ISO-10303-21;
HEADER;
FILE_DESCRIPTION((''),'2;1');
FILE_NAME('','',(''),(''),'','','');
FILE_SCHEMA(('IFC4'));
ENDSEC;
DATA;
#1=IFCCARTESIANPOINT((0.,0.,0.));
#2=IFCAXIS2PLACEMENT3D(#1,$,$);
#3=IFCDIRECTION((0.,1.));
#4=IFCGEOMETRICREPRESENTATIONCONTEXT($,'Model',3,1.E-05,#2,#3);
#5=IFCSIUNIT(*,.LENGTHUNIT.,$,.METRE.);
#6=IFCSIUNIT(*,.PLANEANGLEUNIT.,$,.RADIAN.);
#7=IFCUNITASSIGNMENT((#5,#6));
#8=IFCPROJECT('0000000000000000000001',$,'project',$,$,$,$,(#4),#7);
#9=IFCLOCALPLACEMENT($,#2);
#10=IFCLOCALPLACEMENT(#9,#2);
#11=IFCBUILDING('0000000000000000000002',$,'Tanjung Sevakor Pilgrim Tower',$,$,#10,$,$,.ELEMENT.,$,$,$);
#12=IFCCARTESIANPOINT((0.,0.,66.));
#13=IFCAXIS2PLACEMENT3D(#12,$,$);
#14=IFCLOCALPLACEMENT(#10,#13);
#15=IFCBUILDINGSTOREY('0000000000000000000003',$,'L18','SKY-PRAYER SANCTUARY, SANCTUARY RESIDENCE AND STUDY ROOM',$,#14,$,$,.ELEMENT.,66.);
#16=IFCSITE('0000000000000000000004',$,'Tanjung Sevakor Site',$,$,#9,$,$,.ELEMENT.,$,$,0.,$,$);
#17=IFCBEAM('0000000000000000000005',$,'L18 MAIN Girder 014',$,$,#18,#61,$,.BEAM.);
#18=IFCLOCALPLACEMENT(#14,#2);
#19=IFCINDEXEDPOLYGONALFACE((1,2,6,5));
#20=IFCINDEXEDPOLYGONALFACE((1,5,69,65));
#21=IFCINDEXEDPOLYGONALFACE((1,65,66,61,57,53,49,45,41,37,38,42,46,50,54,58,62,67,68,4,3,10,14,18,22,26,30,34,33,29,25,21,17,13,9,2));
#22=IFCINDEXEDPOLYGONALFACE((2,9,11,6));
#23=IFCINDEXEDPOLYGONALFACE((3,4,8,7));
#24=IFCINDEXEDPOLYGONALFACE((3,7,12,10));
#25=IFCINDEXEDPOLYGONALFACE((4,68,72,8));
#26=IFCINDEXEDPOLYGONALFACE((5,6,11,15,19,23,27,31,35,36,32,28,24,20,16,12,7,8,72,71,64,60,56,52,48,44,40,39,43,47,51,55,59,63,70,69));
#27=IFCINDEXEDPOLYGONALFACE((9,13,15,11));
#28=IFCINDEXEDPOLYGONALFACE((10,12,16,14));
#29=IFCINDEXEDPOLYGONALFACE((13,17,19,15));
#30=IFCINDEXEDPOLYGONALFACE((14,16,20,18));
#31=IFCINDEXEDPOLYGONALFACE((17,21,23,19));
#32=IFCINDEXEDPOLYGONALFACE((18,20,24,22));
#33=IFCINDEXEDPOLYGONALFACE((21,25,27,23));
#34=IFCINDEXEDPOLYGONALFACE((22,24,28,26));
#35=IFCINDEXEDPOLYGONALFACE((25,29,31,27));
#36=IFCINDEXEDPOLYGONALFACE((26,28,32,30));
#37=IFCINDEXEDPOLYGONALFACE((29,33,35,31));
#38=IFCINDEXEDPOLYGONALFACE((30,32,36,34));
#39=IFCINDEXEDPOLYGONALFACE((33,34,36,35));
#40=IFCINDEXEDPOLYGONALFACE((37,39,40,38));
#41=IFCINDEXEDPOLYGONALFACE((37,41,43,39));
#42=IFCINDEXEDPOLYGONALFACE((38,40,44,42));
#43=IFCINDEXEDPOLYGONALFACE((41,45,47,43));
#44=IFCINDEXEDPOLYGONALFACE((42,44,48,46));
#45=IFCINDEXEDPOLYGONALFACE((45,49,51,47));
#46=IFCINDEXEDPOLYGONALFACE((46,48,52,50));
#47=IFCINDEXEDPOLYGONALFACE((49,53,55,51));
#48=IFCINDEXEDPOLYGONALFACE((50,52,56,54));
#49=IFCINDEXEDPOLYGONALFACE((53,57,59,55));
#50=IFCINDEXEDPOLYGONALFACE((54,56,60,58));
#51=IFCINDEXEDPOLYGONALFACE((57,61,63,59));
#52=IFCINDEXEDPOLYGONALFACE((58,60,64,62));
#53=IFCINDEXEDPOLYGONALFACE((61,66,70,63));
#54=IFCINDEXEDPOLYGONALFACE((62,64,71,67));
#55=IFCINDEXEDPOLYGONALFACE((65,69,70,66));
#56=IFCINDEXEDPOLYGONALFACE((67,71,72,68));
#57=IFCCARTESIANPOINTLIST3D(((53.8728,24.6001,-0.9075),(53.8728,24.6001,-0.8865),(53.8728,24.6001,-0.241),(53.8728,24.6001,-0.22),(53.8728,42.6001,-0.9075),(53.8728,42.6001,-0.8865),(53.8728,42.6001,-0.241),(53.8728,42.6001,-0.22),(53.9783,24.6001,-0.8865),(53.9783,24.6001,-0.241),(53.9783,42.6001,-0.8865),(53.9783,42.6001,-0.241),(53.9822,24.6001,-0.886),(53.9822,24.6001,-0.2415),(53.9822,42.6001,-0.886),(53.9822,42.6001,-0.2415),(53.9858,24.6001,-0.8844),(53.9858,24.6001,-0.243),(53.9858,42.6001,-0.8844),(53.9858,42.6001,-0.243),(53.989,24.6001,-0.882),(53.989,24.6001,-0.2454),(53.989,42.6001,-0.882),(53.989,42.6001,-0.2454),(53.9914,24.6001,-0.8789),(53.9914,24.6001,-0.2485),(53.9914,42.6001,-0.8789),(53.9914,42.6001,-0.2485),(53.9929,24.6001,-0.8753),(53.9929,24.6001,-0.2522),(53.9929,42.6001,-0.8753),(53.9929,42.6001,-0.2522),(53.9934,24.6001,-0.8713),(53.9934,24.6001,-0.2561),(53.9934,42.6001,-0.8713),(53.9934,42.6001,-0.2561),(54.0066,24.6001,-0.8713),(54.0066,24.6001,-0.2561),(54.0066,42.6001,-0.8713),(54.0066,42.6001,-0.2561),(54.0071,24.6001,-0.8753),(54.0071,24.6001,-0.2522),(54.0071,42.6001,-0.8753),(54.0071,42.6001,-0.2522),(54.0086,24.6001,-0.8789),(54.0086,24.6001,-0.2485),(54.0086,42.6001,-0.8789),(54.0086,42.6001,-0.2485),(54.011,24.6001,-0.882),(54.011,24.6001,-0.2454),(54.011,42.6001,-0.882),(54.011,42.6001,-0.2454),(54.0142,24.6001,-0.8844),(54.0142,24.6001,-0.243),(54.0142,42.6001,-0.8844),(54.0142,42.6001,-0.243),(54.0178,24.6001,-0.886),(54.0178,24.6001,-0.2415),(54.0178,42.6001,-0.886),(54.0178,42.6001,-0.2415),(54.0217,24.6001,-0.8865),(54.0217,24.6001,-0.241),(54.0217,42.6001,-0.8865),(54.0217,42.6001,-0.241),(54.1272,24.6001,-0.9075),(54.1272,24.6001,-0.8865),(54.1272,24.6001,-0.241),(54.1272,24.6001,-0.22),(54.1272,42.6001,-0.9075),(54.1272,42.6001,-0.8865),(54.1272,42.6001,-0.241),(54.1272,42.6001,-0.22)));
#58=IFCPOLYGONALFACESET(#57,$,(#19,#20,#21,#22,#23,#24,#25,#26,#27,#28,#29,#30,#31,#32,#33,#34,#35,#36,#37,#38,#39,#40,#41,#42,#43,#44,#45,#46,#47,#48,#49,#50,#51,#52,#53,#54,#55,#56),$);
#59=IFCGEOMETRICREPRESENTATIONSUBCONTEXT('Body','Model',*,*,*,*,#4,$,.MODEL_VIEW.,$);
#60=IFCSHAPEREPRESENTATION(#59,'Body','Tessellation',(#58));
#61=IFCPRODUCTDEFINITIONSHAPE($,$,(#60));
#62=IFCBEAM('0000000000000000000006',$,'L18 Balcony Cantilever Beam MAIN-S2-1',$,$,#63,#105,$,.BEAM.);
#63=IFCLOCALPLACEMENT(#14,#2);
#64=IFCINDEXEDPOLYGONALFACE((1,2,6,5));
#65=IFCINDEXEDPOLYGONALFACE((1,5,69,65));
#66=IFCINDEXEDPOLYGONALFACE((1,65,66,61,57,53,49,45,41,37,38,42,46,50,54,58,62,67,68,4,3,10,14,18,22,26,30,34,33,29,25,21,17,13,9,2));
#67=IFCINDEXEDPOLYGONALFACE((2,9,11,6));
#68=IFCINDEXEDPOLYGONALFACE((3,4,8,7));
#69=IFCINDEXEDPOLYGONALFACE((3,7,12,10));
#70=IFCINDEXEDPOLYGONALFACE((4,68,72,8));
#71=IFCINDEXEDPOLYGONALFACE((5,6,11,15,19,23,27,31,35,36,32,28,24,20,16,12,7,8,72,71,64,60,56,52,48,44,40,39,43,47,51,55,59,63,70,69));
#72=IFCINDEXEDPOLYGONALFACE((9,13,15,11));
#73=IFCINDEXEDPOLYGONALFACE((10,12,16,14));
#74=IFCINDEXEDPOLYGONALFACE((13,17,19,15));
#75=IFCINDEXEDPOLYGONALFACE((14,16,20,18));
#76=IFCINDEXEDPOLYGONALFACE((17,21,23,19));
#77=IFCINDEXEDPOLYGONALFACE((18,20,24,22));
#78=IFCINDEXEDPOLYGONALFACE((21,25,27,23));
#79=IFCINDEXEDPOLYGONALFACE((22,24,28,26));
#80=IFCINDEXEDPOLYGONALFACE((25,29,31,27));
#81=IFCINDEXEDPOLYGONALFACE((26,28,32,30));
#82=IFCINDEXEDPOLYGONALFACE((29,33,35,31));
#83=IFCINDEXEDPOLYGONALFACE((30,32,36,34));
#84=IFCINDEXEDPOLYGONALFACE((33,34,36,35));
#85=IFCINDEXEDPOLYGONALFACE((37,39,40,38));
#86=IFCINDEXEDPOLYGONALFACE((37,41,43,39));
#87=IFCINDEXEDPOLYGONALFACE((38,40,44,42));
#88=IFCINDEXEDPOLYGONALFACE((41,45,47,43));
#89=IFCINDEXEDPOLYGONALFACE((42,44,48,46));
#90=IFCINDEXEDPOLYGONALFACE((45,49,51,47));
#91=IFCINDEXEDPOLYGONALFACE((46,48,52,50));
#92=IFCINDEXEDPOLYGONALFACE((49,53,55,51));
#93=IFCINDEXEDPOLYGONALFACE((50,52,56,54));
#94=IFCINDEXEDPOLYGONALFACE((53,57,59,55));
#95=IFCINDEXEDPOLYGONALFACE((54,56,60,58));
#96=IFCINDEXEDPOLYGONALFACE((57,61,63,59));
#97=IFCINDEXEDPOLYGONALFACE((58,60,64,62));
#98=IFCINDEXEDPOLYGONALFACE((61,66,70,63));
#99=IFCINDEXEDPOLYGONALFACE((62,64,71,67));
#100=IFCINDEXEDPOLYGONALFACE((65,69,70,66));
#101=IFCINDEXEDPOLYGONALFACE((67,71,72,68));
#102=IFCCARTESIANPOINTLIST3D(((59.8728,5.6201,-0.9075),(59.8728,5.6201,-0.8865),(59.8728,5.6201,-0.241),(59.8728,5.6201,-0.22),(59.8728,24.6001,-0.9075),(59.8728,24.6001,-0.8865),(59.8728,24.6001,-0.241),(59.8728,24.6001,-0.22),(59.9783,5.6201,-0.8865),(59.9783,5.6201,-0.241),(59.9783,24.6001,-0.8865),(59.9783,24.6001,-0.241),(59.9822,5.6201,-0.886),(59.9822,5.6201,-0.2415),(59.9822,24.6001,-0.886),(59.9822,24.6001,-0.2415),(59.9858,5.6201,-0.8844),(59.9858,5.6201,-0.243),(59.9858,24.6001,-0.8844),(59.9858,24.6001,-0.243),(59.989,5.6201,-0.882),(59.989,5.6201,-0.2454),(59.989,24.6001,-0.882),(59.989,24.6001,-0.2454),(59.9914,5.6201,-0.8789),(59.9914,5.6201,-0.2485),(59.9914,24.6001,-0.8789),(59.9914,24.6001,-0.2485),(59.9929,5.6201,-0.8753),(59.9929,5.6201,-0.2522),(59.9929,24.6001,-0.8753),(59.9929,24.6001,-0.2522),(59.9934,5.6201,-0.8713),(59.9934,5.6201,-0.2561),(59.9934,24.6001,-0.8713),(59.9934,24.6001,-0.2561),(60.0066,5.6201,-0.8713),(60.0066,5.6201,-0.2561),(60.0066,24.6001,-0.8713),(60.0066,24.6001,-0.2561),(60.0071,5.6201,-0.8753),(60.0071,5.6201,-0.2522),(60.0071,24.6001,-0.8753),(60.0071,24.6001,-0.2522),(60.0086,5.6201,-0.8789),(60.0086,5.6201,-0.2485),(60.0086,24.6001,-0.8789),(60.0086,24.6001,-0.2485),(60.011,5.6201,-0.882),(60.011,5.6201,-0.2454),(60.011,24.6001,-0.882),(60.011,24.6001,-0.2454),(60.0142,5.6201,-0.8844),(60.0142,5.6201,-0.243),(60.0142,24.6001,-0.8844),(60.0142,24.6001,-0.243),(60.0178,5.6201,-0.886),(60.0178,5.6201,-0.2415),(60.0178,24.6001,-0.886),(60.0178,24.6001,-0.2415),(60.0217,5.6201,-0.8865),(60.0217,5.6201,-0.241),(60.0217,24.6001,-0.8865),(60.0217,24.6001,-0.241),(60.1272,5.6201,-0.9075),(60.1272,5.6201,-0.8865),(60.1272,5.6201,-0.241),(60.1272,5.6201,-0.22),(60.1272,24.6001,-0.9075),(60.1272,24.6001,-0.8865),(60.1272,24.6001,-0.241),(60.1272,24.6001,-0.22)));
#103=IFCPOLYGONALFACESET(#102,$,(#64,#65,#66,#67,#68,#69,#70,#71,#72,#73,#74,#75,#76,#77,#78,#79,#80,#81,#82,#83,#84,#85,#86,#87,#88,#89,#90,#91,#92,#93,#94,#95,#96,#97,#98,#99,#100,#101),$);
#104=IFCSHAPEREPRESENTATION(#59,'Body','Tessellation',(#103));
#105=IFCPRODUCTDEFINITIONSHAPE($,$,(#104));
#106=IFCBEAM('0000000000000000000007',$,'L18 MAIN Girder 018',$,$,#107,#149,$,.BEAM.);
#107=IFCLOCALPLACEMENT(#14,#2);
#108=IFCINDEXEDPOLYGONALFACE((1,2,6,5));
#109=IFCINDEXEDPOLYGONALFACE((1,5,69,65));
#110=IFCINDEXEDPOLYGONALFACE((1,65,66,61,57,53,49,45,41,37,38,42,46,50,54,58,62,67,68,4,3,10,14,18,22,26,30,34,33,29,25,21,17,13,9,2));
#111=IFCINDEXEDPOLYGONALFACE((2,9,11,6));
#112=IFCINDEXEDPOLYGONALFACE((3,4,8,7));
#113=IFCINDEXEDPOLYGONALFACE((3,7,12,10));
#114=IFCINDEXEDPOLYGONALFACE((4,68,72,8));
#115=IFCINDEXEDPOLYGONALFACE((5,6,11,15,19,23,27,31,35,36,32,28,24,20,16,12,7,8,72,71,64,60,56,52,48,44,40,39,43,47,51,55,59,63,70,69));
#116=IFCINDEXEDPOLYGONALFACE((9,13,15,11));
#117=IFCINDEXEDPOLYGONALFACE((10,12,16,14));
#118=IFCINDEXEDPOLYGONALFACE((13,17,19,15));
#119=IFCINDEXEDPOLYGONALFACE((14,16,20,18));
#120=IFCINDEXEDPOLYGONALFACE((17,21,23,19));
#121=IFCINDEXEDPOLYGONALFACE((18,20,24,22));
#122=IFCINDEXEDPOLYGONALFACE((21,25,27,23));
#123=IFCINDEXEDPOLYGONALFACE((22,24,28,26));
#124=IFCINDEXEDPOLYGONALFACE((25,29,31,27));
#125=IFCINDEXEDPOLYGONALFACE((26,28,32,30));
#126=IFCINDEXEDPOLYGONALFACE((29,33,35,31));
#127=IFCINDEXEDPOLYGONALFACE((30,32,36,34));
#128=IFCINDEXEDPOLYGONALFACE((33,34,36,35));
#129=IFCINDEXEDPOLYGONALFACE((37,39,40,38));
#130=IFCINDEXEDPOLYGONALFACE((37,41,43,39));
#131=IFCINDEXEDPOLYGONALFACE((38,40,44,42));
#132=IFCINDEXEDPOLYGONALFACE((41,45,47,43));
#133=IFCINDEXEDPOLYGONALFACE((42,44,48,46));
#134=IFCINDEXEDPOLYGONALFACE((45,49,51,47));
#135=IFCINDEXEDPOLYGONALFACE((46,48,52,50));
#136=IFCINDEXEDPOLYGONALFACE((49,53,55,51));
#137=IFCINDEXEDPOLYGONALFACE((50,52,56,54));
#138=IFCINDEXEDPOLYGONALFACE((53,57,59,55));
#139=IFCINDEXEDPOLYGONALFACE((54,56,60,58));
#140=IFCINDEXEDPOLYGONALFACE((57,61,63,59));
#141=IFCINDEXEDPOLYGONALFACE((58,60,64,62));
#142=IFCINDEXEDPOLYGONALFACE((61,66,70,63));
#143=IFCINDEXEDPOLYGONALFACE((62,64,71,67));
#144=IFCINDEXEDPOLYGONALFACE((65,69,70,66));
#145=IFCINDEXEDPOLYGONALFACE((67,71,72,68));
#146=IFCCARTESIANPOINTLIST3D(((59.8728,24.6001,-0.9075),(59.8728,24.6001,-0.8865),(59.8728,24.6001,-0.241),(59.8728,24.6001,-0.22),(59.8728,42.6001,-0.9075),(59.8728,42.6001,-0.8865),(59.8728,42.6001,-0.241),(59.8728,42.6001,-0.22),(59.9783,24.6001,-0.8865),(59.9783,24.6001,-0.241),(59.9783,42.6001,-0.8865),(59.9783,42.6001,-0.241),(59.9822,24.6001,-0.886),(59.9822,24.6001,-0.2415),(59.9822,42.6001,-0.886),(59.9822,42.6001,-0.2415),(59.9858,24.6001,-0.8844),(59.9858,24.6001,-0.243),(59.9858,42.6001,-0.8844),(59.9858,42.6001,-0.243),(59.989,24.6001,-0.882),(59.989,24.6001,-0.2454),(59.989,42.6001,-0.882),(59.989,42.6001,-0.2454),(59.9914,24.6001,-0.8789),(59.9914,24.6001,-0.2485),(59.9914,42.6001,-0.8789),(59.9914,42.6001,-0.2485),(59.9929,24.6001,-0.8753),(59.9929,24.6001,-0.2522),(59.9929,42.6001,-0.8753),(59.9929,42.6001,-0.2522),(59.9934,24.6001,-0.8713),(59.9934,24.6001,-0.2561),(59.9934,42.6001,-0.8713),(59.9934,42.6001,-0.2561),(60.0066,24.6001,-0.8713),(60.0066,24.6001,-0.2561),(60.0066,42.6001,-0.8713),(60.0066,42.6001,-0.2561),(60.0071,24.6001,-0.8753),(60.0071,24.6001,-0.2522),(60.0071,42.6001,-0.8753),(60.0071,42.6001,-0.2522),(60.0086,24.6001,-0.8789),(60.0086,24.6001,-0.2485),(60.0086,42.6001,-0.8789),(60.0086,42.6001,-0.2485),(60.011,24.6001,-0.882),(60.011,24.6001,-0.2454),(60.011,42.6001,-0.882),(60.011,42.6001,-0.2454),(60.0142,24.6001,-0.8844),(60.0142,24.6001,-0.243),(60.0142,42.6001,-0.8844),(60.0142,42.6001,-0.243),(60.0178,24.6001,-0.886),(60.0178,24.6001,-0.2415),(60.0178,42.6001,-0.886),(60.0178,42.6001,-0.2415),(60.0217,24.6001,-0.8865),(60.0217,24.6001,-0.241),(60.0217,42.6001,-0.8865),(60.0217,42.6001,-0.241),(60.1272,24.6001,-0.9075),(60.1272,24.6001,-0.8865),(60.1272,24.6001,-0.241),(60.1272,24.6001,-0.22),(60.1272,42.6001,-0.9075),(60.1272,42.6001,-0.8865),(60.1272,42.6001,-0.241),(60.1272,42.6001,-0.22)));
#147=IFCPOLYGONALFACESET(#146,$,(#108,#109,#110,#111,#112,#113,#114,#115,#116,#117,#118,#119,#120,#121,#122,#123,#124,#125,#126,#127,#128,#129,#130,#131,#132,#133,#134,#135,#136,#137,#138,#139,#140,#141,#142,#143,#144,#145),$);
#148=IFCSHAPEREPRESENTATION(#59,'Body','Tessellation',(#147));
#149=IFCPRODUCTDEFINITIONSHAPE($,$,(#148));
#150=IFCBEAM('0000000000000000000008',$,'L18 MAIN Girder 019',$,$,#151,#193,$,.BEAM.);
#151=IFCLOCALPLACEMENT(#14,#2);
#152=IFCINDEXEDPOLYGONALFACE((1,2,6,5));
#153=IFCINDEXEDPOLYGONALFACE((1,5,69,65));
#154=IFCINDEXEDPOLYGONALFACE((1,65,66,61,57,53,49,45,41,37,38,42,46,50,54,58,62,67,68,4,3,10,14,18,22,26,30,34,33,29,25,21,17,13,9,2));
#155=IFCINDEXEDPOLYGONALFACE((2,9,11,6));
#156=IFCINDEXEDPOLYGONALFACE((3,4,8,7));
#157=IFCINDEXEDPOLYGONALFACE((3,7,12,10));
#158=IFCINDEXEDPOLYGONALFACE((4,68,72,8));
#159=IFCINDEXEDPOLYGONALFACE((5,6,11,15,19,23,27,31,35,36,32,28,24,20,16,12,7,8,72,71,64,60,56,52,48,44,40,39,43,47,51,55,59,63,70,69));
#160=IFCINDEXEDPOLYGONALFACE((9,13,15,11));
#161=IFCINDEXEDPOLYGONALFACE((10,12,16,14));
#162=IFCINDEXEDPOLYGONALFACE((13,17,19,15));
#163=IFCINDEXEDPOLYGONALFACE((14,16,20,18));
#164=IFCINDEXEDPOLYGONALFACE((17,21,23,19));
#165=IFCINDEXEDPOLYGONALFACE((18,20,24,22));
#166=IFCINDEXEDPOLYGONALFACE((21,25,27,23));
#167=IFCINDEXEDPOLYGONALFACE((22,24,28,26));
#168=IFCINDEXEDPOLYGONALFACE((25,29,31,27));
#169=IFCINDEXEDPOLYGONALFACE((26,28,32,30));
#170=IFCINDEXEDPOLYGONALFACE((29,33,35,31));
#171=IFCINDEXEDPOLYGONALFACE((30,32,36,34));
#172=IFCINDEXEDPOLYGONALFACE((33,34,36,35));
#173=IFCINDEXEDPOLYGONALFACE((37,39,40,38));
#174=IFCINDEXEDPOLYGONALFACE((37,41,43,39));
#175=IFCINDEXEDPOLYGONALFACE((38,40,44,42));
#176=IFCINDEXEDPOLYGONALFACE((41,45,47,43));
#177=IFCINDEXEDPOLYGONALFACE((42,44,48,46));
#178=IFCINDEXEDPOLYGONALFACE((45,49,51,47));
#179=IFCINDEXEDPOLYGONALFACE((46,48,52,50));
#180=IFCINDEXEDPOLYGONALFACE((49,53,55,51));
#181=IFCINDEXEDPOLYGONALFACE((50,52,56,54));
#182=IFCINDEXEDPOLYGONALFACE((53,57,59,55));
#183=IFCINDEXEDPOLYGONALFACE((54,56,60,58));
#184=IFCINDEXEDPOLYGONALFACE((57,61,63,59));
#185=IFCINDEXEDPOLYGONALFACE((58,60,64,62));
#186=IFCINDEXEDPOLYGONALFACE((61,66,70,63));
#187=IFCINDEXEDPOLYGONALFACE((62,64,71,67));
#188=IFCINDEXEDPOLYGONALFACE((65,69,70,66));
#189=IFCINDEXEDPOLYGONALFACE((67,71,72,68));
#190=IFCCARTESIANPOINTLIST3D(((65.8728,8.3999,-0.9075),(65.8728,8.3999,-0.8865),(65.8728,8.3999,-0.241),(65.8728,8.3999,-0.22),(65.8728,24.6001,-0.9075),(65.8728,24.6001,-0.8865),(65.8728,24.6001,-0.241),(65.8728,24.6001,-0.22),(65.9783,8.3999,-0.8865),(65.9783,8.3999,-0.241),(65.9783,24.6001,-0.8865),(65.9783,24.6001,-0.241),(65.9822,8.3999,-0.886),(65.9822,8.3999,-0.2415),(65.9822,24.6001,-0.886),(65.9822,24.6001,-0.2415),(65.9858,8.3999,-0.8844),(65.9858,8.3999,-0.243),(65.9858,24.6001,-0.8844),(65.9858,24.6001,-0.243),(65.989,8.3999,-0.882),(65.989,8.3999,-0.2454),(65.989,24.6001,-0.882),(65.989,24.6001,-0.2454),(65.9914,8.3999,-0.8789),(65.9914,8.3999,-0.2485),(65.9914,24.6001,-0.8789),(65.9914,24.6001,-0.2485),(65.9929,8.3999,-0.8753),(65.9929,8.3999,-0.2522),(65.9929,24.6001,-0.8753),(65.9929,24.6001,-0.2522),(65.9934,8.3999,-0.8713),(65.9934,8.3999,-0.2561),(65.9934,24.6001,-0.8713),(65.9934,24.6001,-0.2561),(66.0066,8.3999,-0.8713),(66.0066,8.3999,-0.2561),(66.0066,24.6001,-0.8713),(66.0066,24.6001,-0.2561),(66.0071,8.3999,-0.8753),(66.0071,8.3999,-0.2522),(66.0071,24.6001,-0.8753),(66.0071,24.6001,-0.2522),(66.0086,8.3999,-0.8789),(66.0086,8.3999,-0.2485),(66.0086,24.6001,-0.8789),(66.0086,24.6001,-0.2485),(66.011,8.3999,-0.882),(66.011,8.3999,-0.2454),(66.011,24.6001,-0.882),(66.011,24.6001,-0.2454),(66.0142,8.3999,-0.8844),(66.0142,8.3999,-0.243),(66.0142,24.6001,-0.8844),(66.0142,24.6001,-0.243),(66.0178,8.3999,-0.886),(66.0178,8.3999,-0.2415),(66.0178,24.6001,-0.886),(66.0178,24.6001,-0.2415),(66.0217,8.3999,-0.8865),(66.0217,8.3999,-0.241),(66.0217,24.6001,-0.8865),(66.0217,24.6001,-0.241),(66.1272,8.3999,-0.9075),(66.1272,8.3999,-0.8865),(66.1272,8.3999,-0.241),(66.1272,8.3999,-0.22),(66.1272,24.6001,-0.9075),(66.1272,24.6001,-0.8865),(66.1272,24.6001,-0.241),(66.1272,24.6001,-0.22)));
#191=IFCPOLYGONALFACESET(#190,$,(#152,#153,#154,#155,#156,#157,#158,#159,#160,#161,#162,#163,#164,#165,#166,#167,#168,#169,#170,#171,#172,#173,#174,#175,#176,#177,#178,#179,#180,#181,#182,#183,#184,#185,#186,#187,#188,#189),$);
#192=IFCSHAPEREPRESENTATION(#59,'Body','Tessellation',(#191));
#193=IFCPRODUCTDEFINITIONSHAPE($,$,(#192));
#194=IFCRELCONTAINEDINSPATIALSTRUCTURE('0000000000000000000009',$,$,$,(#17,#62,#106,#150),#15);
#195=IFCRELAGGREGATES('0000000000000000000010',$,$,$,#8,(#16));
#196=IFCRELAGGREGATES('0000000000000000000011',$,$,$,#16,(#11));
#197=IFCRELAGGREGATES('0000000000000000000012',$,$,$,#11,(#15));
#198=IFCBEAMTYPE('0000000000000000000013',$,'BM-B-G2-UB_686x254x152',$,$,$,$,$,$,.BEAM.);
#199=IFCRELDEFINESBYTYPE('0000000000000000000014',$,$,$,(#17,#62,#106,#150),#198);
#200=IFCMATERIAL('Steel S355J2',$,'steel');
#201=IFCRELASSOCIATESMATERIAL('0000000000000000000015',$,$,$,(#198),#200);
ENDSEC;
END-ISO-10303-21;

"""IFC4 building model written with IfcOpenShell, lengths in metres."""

from ifc_helpers import new_model, si_unit, direction, frame, origin, origin_2d, place, context, subcontext, project, spatial, i_section, extrude, material, material_profile, profile_set, type_object, element, save


model = new_model("IFC4")

# Units and contexts
model_context = context("Model", 3, precision=1e-05, world=origin(), true_north=direction((0.0, 1.0)))
body_context = subcontext(model_context, "Body", "Model", "MODEL_VIEW")
ifc_project = project(units=[si_unit("LENGTHUNIT", "METRE"), si_unit("PLANEANGLEUNIT", "RADIAN")], contexts=[model_context])

# Site, building, storey
site_placement = place(None, origin())
site = spatial("IfcSite", under=ifc_project, at=site_placement, Name="Tanjung Sevakor Site", CompositionType="ELEMENT", RefElevation=0.0)
building_placement = place(site_placement, origin())
building = spatial("IfcBuilding", under=site, at=building_placement, Name="Tanjung Sevakor Pilgrim Tower", CompositionType="ELEMENT")
storey_placement = place(building_placement, frame((0.0, 0.0, 66.0)))
storey = spatial("IfcBuildingStorey", under=building, at=storey_placement, Name="L18", Description="SKY-PRAYER SANCTUARY, SANCTUARY RESIDENCE AND STUDY ROOM", CompositionType="ELEMENT", Elevation=66.0)

# Beams
ifc_material_1 = material(Name="Steel S355J2", Category="steel")
ifc_material_profile_1 = material_profile(ifc_material_1, i_section(OverallWidth=0.2544, OverallDepth=0.6875, WebThickness=0.0132, FlangeThickness=0.021, FilletRadius=0.0151, at=origin_2d()))
ifc_profile_set_1 = profile_set([ifc_material_profile_1], Name="Steel S355J2")
beam_type_1 = type_object("IfcBeamType", Name="BM-B-G2-UB_686x254x152", PredefinedType="BEAM", material=ifc_profile_set_1)
beam_1_placement = place(storey_placement, frame((54.0, 24.6001, -0.5637), z_axis=(0.0, 1.0, 0.0), x_axis=(-1.0, 0.0, 0.0)))
element("IfcBeam", 1, at=beam_1_placement, inside=storey, type_object=beam_type_1, Name="L18 MAIN Girder 014", PredefinedType="BEAM", context=body_context, shape_type="SweptSolid", body=[
    extrude(i_section(OverallWidth=0.2544, OverallDepth=0.6875, WebThickness=0.0132, FlangeThickness=0.021, FilletRadius=0.0151, at=origin_2d()), origin(), (0.0, 0.0, 1.0), 18.0),
])
beam_2_placement = place(storey_placement, frame((60.0, 24.6001, -0.5637), z_axis=(0.0, -1.0, 0.0), x_axis=(1.0, 0.0, 0.0)))
element("IfcBeam", 2, at=beam_2_placement, inside=storey, type_object=beam_type_1, Name="L18 Balcony Cantilever Beam MAIN-S2-1", PredefinedType="BEAM", context=body_context, shape_type="SweptSolid", body=[
    extrude(i_section(OverallWidth=0.2544, OverallDepth=0.6875, WebThickness=0.0132, FlangeThickness=0.021, FilletRadius=0.0151, at=origin_2d()), origin(), (0.0, 0.0, 1.0), 18.98),
])
beam_3_placement = place(storey_placement, frame((60.0, 24.6001, -0.5637), z_axis=(0.0, 1.0, 0.0), x_axis=(-1.0, 0.0, 0.0)))
element("IfcBeam", 3, at=beam_3_placement, inside=storey, type_object=beam_type_1, Name="L18 MAIN Girder 018", PredefinedType="BEAM", context=body_context, shape_type="SweptSolid", body=[
    extrude(i_section(OverallWidth=0.2544, OverallDepth=0.6875, WebThickness=0.0132, FlangeThickness=0.021, FilletRadius=0.0151, at=origin_2d()), origin(), (0.0, 0.0, 1.0), 18.0),
])
beam_4_placement = place(storey_placement, frame((66.0, 8.3999, -0.5637), z_axis=(0.0, 1.0, 0.0), x_axis=(-1.0, 0.0, 0.0)))
element("IfcBeam", 4, at=beam_4_placement, inside=storey, type_object=beam_type_1, Name="L18 MAIN Girder 019", PredefinedType="BEAM", context=body_context, shape_type="SweptSolid", body=[
    extrude(i_section(OverallWidth=0.2544, OverallDepth=0.6875, WebThickness=0.0132, FlangeThickness=0.021, FilletRadius=0.0151, at=origin_2d()), origin(), (0.0, 0.0, 1.0), 16.2002),
])

save(model, "model.ifc")
